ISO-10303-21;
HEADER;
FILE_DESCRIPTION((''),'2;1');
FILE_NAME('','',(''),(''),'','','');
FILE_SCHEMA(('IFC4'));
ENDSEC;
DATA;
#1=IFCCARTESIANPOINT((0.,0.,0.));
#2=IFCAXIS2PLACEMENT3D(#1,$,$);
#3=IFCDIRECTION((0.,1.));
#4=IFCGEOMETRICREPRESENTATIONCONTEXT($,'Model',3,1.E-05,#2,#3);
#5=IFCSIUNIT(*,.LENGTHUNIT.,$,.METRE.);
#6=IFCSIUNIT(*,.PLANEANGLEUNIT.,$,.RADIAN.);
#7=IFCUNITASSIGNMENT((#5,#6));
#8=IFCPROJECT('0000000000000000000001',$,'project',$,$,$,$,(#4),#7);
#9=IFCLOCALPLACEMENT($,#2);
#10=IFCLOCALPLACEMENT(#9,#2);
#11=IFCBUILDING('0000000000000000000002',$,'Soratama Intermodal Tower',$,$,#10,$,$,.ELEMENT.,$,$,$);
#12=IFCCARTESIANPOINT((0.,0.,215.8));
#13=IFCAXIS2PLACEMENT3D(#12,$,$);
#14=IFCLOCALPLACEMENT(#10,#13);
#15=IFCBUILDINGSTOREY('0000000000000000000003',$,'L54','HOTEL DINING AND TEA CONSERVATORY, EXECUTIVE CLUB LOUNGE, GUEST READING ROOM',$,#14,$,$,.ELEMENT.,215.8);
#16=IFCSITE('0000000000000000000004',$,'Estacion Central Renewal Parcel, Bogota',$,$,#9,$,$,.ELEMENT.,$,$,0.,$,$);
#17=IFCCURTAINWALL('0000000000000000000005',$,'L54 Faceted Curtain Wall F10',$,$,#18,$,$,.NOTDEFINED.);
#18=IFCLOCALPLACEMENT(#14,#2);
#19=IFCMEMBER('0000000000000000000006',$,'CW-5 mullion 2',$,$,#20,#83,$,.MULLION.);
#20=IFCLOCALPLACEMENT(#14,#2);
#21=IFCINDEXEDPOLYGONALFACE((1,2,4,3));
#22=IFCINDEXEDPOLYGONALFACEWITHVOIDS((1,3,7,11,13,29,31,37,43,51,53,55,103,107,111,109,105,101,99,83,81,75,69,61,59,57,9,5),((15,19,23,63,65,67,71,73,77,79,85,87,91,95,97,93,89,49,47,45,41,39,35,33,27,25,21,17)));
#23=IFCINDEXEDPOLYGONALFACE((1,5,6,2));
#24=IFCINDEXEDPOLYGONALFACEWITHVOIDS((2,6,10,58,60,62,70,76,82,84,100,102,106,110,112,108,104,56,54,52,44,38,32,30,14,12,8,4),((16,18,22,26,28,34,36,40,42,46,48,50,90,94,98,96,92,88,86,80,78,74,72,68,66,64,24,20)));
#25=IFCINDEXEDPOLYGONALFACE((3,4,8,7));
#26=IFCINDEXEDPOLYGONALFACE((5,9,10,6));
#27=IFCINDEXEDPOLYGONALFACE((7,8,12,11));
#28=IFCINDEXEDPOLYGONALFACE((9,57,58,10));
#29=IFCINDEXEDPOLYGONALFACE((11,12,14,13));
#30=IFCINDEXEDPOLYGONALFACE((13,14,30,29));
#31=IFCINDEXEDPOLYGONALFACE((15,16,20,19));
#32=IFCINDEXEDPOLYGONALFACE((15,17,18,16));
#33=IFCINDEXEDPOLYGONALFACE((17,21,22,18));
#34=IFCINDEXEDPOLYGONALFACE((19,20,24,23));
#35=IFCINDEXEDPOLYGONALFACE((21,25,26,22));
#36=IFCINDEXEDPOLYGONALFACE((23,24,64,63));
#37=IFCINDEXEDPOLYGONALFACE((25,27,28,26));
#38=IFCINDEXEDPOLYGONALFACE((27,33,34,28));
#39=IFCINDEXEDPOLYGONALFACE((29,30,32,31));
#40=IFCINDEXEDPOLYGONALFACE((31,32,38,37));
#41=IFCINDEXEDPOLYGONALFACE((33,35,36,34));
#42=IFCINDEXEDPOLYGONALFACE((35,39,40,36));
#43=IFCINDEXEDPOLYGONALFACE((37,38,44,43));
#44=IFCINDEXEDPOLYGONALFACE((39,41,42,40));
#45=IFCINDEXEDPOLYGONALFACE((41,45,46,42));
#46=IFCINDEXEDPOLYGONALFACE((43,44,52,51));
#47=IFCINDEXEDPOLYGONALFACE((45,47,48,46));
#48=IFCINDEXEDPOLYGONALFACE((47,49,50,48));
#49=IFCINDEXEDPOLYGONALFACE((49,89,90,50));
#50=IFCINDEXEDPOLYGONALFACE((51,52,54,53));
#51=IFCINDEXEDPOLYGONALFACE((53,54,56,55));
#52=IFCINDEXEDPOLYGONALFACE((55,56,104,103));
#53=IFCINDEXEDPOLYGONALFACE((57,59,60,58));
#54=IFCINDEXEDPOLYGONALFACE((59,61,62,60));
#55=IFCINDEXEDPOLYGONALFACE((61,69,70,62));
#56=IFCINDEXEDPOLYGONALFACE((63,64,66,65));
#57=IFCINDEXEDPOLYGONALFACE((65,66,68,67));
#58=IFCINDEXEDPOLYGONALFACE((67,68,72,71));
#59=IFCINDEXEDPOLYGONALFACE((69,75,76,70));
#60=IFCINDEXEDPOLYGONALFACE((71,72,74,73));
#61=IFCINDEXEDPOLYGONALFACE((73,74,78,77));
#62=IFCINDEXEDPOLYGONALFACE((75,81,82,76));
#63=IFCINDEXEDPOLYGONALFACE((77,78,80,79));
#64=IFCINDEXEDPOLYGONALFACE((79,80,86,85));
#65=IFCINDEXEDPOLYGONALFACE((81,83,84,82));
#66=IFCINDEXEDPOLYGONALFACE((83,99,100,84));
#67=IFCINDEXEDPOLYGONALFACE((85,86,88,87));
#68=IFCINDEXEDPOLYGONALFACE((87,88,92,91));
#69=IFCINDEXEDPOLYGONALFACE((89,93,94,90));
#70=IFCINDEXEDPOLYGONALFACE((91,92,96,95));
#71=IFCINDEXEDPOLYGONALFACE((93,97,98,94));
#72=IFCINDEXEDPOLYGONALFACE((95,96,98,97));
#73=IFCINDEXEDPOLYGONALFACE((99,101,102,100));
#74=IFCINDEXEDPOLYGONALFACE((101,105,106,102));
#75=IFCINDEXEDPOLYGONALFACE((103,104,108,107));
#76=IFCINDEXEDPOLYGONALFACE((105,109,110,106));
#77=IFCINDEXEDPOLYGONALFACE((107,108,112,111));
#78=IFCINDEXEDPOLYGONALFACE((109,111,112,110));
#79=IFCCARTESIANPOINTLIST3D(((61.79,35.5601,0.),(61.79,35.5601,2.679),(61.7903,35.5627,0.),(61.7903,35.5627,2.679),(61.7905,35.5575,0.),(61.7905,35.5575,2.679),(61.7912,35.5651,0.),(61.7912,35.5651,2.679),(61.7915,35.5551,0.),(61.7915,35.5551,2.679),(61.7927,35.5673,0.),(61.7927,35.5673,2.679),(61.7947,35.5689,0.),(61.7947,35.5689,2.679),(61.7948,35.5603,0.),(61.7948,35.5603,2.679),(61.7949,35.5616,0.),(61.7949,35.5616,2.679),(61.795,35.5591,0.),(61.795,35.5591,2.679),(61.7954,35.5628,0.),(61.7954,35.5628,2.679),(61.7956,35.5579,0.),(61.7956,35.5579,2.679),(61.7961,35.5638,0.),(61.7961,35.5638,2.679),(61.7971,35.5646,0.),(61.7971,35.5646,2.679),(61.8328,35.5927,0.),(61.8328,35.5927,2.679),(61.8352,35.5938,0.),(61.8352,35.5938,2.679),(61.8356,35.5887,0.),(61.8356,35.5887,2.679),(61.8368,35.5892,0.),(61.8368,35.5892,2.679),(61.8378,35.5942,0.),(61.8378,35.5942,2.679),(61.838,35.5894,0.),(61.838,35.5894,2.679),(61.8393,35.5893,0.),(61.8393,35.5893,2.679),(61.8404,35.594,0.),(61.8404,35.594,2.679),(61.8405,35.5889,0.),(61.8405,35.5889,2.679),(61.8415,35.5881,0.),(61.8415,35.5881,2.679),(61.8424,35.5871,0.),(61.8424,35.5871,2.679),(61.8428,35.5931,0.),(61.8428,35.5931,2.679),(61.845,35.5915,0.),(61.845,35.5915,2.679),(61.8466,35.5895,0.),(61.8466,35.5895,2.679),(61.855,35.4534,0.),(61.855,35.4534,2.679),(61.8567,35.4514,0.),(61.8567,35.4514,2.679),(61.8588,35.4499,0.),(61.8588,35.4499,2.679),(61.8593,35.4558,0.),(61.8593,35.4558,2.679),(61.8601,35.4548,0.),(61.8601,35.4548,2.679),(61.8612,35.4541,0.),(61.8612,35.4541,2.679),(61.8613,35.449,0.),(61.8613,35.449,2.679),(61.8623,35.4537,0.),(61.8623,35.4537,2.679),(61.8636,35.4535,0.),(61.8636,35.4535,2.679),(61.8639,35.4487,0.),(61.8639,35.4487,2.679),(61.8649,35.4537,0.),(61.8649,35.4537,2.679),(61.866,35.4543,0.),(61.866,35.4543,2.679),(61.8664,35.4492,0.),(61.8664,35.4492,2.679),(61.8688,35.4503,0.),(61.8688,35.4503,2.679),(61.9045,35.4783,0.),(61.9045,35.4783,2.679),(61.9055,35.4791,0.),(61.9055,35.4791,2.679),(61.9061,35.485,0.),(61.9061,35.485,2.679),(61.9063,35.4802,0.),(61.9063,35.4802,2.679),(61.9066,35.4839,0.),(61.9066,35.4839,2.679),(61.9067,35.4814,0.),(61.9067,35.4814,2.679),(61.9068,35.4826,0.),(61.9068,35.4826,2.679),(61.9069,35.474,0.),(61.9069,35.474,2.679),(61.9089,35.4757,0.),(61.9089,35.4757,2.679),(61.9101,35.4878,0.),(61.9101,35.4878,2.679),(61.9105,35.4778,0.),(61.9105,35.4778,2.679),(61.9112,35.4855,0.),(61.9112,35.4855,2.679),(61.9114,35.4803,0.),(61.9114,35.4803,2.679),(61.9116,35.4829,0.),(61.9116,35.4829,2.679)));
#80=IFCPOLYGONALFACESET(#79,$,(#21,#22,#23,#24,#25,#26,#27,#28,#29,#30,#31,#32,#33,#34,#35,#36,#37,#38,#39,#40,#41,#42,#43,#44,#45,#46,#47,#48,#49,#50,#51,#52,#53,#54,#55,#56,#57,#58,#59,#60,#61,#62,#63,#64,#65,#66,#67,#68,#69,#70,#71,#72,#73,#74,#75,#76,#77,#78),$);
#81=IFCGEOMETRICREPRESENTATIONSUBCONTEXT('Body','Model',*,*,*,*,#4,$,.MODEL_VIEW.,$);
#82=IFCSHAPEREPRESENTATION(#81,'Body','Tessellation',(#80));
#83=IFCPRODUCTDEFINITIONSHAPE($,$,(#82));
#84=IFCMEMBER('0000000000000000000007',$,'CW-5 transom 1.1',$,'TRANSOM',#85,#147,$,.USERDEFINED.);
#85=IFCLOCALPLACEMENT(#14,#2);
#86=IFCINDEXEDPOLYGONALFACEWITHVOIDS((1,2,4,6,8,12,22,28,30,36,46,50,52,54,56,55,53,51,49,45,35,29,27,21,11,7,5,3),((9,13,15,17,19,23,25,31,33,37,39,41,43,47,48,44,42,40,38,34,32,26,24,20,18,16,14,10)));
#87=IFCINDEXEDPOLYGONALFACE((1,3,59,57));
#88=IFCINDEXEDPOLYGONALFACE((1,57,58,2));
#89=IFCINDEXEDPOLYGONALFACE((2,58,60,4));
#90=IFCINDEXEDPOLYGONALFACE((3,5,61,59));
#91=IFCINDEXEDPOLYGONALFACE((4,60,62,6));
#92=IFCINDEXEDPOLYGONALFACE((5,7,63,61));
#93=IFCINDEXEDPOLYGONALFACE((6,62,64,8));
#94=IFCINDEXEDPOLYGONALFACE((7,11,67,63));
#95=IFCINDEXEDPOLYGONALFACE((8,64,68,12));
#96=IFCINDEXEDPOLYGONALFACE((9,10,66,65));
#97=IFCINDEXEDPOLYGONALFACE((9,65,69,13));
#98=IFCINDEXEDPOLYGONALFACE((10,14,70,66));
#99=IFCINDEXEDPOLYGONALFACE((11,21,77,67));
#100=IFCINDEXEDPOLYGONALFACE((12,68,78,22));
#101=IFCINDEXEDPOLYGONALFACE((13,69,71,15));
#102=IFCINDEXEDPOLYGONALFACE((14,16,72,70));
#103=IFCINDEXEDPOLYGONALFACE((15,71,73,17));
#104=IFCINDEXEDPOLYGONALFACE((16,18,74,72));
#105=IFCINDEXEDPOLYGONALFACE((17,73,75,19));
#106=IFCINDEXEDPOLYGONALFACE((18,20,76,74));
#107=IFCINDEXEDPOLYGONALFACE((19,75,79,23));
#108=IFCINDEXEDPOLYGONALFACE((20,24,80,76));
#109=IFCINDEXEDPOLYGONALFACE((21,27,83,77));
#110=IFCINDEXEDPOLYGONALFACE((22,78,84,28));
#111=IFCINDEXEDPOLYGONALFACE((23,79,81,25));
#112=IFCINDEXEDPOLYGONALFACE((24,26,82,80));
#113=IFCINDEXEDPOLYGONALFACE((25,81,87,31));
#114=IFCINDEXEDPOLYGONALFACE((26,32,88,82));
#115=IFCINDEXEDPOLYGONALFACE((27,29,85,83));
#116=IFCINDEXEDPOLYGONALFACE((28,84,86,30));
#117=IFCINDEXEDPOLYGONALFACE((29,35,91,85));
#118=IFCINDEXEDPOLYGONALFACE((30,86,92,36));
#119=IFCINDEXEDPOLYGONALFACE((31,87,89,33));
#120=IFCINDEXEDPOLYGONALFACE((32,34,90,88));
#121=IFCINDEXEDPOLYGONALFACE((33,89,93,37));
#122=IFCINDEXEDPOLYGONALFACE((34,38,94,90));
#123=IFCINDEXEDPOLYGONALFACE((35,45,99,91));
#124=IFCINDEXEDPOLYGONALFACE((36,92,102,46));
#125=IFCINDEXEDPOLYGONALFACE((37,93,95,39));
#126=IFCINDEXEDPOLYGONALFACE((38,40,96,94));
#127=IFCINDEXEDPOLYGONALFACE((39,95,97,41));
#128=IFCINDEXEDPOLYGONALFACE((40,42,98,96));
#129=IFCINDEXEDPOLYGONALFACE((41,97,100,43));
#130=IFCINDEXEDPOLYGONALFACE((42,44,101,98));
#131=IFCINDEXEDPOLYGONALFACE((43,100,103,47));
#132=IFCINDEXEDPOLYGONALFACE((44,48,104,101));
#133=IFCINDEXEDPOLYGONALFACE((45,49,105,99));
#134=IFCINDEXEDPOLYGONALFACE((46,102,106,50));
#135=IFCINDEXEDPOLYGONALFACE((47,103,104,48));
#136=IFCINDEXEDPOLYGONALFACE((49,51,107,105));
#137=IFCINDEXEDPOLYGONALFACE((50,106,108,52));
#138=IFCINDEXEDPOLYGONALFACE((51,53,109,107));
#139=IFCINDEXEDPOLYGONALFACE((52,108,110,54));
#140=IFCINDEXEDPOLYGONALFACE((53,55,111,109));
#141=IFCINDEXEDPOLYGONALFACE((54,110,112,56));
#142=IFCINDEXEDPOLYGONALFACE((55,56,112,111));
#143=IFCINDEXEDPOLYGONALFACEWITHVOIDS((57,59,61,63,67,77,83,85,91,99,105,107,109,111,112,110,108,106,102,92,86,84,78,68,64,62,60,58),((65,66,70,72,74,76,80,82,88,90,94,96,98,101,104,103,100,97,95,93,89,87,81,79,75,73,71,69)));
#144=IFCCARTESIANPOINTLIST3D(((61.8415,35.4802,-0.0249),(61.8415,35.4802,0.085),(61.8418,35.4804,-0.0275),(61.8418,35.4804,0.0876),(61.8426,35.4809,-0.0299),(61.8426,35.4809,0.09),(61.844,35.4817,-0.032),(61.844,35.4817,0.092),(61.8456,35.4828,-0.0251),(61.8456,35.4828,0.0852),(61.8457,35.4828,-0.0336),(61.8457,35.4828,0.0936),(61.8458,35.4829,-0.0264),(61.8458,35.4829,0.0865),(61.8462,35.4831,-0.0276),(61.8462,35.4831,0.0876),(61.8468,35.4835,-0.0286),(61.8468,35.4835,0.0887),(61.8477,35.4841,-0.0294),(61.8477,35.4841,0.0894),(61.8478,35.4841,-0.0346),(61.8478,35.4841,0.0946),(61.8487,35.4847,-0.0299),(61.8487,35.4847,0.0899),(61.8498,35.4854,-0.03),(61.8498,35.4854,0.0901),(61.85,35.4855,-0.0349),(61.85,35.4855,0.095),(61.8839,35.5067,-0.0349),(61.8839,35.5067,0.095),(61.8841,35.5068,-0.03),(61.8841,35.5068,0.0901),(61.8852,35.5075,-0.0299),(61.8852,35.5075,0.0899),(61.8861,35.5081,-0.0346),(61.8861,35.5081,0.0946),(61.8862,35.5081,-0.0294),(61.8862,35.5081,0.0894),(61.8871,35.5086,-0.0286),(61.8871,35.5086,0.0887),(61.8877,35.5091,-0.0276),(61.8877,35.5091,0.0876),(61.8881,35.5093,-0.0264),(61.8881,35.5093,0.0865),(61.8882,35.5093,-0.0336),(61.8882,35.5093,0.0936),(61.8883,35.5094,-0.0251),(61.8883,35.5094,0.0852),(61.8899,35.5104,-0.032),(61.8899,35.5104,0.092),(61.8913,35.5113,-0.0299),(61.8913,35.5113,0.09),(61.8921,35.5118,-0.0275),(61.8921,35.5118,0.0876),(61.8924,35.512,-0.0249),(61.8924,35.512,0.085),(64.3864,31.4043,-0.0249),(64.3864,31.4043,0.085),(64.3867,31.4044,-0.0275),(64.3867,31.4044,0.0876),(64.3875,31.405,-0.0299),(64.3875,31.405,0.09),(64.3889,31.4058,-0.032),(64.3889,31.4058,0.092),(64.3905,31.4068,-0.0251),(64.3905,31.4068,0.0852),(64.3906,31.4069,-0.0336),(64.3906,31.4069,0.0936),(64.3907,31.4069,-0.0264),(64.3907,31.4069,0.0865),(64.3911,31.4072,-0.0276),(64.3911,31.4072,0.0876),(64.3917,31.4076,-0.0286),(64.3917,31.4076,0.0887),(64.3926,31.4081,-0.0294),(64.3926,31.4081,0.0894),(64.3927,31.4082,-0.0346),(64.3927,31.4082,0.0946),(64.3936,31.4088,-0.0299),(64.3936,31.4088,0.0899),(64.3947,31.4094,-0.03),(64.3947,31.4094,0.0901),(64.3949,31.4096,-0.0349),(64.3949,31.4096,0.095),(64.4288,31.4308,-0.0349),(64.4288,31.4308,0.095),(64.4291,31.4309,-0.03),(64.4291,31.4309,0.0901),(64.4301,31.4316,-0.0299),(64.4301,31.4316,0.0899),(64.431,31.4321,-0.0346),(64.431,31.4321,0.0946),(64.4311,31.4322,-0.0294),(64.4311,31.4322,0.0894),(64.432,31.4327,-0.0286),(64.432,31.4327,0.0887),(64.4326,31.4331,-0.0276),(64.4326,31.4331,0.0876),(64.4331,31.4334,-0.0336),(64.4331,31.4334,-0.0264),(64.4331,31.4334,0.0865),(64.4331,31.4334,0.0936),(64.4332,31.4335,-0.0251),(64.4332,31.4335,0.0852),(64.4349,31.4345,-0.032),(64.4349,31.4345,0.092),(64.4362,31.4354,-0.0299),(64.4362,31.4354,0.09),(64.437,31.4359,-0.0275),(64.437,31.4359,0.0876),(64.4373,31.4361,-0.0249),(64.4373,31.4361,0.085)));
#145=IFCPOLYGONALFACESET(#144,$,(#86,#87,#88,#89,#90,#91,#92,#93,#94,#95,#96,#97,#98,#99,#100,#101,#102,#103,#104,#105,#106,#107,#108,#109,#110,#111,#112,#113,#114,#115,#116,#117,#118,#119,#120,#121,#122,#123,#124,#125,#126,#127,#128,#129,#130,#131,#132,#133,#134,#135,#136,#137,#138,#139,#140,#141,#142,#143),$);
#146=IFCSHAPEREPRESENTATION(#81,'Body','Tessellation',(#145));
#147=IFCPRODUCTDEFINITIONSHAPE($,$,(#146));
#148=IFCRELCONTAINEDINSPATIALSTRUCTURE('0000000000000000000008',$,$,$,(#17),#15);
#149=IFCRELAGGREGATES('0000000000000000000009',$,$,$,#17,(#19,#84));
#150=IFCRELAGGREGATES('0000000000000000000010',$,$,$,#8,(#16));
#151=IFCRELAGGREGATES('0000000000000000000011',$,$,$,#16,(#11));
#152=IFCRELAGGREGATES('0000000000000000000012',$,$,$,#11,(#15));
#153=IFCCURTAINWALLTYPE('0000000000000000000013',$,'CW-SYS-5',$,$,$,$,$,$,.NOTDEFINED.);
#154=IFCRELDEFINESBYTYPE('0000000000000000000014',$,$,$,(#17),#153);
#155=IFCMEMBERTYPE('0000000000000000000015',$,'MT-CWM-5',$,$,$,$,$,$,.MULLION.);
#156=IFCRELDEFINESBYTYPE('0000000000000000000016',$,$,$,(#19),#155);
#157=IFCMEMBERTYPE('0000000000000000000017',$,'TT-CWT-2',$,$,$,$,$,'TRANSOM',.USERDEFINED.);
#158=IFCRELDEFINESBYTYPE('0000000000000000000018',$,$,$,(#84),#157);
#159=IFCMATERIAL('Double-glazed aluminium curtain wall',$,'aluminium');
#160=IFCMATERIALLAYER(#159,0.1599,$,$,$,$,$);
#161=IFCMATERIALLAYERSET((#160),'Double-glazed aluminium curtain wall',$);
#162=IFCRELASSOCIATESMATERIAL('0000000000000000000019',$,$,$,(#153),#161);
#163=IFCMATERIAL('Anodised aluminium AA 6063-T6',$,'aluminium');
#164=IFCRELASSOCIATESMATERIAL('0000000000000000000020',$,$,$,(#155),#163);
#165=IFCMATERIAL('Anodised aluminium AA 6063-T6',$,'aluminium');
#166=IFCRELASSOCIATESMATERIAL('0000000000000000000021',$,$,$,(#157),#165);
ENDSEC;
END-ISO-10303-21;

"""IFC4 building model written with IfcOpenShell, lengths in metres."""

from ifc_helpers import new_model, si_unit, direction, frame, origin, origin_2d, place, context, subcontext, project, spatial, hollow_rectangle, extrude, material, layer, layer_set, material_profile, profile_set, type_object, element, aggregate, save


model = new_model("IFC4")

# Units and contexts
model_context = context("Model", 3, precision=1e-05, world=origin(), true_north=direction((0.0, 1.0)))
body_context = subcontext(model_context, "Body", "Model", "MODEL_VIEW")
ifc_project = project(units=[si_unit("LENGTHUNIT", "METRE"), si_unit("PLANEANGLEUNIT", "RADIAN")], contexts=[model_context])

# Site, building, storey
site_placement = place(None, origin())
site = spatial("IfcSite", under=ifc_project, at=site_placement, Name="Estacion Central Renewal Parcel, Bogota", CompositionType="ELEMENT", RefElevation=0.0)
building_placement = place(site_placement, origin())
building = spatial("IfcBuilding", under=site, at=building_placement, Name="Soratama Intermodal Tower", CompositionType="ELEMENT")
storey_placement = place(building_placement, frame((0.0, 0.0, 215.8)))
storey = spatial("IfcBuildingStorey", under=building, at=storey_placement, Name="L54", Description="HOTEL DINING AND TEA CONSERVATORY, EXECUTIVE CLUB LOUNGE, GUEST READING ROOM", CompositionType="ELEMENT", Elevation=215.8)

# Shared definitions
ifc_material_1 = material(Name="Double-glazed aluminium curtain wall", Category="aluminium")
ifc_layer_1 = layer(ifc_material_1, 0.1599)
ifc_layer_set_1 = layer_set([ifc_layer_1], Name="Double-glazed aluminium curtain wall")
curtain_wall_type = type_object("IfcCurtainWallType", Name="CW-SYS-5", PredefinedType="NOTDEFINED", material=ifc_layer_set_1)
ifc_material_2 = material(Name="Anodised aluminium AA 6063-T6", Category="aluminium")
ifc_material_profile_1 = material_profile(ifc_material_2, hollow_rectangle(XDim=0.0649, YDim=0.1399, WallThickness=0.0049, InnerFilletRadius=0.0049, OuterFilletRadius=0.01, at=origin_2d()), Name="CWM140X65X5")
ifc_profile_set_1 = profile_set([ifc_material_profile_1], Name="Anodised aluminium AA 6063-T6")
member_type_1 = type_object("IfcMemberType", Name="MT-CWM-5", PredefinedType="MULLION", material=ifc_profile_set_1)

# Curtain wall, members
curtain_wall_1_placement = place(storey_placement, origin())
curtain_wall_1 = element("IfcCurtainWall", 1, at=curtain_wall_1_placement, inside=storey, type_object=curtain_wall_type, Name="L54 Faceted Curtain Wall F10", PredefinedType="NOTDEFINED")
member_1_placement = place(storey_placement, frame((61.8508, 35.5215, 0.0), z_axis=(0.0, 0.0, 1.0), x_axis=(-0.848231, -0.529626, 0.0)))
member_1 = element("IfcMember", 2, at=member_1_placement, type_object=member_type_1, Name="CW-5 mullion 2", PredefinedType="MULLION", context=body_context, shape_type="SweptSolid", body=[
    extrude(hollow_rectangle(XDim=0.0649, YDim=0.1399, WallThickness=0.0049, InnerFilletRadius=0.0049, OuterFilletRadius=0.01, at=origin_2d()), origin(), (0.0, 0.0, 1.0), 2.679),
])
ifc_material_3 = material(Name="Anodised aluminium AA 6063-T6", Category="aluminium")
ifc_material_profile_2 = material_profile(ifc_material_3, hollow_rectangle(XDim=0.0601, YDim=0.1299, WallThickness=0.0049, InnerFilletRadius=0.0049, OuterFilletRadius=0.01, at=origin_2d()), Name="CWT130X60X5")
ifc_profile_set_2 = profile_set([ifc_material_profile_2], Name="Anodised aluminium AA 6063-T6")
member_type_2 = type_object("IfcMemberType", Name="TT-CWT-2", ElementType="TRANSOM", PredefinedType="USERDEFINED", material=ifc_profile_set_2)
member_2_placement = place(storey_placement, frame((64.4119, 31.4202, 0.03), z_axis=(-0.52962, 0.848235, 0.0), x_axis=(-0.848235, -0.52962, 0.0)))
member_2 = element("IfcMember", 3, at=member_2_placement, type_object=member_type_2, Name="CW-5 transom 1.1", ObjectType="TRANSOM", PredefinedType="USERDEFINED", context=body_context, shape_type="SweptSolid", body=[
    extrude(hollow_rectangle(XDim=0.0601, YDim=0.1299, WallThickness=0.0049, InnerFilletRadius=0.0049, OuterFilletRadius=0.01, at=origin_2d()), origin(), (0.0, 0.0, 1.0), 4.8052),
])

aggregate(curtain_wall_1, [member_1, member_2])

save(model, "model.ifc")
